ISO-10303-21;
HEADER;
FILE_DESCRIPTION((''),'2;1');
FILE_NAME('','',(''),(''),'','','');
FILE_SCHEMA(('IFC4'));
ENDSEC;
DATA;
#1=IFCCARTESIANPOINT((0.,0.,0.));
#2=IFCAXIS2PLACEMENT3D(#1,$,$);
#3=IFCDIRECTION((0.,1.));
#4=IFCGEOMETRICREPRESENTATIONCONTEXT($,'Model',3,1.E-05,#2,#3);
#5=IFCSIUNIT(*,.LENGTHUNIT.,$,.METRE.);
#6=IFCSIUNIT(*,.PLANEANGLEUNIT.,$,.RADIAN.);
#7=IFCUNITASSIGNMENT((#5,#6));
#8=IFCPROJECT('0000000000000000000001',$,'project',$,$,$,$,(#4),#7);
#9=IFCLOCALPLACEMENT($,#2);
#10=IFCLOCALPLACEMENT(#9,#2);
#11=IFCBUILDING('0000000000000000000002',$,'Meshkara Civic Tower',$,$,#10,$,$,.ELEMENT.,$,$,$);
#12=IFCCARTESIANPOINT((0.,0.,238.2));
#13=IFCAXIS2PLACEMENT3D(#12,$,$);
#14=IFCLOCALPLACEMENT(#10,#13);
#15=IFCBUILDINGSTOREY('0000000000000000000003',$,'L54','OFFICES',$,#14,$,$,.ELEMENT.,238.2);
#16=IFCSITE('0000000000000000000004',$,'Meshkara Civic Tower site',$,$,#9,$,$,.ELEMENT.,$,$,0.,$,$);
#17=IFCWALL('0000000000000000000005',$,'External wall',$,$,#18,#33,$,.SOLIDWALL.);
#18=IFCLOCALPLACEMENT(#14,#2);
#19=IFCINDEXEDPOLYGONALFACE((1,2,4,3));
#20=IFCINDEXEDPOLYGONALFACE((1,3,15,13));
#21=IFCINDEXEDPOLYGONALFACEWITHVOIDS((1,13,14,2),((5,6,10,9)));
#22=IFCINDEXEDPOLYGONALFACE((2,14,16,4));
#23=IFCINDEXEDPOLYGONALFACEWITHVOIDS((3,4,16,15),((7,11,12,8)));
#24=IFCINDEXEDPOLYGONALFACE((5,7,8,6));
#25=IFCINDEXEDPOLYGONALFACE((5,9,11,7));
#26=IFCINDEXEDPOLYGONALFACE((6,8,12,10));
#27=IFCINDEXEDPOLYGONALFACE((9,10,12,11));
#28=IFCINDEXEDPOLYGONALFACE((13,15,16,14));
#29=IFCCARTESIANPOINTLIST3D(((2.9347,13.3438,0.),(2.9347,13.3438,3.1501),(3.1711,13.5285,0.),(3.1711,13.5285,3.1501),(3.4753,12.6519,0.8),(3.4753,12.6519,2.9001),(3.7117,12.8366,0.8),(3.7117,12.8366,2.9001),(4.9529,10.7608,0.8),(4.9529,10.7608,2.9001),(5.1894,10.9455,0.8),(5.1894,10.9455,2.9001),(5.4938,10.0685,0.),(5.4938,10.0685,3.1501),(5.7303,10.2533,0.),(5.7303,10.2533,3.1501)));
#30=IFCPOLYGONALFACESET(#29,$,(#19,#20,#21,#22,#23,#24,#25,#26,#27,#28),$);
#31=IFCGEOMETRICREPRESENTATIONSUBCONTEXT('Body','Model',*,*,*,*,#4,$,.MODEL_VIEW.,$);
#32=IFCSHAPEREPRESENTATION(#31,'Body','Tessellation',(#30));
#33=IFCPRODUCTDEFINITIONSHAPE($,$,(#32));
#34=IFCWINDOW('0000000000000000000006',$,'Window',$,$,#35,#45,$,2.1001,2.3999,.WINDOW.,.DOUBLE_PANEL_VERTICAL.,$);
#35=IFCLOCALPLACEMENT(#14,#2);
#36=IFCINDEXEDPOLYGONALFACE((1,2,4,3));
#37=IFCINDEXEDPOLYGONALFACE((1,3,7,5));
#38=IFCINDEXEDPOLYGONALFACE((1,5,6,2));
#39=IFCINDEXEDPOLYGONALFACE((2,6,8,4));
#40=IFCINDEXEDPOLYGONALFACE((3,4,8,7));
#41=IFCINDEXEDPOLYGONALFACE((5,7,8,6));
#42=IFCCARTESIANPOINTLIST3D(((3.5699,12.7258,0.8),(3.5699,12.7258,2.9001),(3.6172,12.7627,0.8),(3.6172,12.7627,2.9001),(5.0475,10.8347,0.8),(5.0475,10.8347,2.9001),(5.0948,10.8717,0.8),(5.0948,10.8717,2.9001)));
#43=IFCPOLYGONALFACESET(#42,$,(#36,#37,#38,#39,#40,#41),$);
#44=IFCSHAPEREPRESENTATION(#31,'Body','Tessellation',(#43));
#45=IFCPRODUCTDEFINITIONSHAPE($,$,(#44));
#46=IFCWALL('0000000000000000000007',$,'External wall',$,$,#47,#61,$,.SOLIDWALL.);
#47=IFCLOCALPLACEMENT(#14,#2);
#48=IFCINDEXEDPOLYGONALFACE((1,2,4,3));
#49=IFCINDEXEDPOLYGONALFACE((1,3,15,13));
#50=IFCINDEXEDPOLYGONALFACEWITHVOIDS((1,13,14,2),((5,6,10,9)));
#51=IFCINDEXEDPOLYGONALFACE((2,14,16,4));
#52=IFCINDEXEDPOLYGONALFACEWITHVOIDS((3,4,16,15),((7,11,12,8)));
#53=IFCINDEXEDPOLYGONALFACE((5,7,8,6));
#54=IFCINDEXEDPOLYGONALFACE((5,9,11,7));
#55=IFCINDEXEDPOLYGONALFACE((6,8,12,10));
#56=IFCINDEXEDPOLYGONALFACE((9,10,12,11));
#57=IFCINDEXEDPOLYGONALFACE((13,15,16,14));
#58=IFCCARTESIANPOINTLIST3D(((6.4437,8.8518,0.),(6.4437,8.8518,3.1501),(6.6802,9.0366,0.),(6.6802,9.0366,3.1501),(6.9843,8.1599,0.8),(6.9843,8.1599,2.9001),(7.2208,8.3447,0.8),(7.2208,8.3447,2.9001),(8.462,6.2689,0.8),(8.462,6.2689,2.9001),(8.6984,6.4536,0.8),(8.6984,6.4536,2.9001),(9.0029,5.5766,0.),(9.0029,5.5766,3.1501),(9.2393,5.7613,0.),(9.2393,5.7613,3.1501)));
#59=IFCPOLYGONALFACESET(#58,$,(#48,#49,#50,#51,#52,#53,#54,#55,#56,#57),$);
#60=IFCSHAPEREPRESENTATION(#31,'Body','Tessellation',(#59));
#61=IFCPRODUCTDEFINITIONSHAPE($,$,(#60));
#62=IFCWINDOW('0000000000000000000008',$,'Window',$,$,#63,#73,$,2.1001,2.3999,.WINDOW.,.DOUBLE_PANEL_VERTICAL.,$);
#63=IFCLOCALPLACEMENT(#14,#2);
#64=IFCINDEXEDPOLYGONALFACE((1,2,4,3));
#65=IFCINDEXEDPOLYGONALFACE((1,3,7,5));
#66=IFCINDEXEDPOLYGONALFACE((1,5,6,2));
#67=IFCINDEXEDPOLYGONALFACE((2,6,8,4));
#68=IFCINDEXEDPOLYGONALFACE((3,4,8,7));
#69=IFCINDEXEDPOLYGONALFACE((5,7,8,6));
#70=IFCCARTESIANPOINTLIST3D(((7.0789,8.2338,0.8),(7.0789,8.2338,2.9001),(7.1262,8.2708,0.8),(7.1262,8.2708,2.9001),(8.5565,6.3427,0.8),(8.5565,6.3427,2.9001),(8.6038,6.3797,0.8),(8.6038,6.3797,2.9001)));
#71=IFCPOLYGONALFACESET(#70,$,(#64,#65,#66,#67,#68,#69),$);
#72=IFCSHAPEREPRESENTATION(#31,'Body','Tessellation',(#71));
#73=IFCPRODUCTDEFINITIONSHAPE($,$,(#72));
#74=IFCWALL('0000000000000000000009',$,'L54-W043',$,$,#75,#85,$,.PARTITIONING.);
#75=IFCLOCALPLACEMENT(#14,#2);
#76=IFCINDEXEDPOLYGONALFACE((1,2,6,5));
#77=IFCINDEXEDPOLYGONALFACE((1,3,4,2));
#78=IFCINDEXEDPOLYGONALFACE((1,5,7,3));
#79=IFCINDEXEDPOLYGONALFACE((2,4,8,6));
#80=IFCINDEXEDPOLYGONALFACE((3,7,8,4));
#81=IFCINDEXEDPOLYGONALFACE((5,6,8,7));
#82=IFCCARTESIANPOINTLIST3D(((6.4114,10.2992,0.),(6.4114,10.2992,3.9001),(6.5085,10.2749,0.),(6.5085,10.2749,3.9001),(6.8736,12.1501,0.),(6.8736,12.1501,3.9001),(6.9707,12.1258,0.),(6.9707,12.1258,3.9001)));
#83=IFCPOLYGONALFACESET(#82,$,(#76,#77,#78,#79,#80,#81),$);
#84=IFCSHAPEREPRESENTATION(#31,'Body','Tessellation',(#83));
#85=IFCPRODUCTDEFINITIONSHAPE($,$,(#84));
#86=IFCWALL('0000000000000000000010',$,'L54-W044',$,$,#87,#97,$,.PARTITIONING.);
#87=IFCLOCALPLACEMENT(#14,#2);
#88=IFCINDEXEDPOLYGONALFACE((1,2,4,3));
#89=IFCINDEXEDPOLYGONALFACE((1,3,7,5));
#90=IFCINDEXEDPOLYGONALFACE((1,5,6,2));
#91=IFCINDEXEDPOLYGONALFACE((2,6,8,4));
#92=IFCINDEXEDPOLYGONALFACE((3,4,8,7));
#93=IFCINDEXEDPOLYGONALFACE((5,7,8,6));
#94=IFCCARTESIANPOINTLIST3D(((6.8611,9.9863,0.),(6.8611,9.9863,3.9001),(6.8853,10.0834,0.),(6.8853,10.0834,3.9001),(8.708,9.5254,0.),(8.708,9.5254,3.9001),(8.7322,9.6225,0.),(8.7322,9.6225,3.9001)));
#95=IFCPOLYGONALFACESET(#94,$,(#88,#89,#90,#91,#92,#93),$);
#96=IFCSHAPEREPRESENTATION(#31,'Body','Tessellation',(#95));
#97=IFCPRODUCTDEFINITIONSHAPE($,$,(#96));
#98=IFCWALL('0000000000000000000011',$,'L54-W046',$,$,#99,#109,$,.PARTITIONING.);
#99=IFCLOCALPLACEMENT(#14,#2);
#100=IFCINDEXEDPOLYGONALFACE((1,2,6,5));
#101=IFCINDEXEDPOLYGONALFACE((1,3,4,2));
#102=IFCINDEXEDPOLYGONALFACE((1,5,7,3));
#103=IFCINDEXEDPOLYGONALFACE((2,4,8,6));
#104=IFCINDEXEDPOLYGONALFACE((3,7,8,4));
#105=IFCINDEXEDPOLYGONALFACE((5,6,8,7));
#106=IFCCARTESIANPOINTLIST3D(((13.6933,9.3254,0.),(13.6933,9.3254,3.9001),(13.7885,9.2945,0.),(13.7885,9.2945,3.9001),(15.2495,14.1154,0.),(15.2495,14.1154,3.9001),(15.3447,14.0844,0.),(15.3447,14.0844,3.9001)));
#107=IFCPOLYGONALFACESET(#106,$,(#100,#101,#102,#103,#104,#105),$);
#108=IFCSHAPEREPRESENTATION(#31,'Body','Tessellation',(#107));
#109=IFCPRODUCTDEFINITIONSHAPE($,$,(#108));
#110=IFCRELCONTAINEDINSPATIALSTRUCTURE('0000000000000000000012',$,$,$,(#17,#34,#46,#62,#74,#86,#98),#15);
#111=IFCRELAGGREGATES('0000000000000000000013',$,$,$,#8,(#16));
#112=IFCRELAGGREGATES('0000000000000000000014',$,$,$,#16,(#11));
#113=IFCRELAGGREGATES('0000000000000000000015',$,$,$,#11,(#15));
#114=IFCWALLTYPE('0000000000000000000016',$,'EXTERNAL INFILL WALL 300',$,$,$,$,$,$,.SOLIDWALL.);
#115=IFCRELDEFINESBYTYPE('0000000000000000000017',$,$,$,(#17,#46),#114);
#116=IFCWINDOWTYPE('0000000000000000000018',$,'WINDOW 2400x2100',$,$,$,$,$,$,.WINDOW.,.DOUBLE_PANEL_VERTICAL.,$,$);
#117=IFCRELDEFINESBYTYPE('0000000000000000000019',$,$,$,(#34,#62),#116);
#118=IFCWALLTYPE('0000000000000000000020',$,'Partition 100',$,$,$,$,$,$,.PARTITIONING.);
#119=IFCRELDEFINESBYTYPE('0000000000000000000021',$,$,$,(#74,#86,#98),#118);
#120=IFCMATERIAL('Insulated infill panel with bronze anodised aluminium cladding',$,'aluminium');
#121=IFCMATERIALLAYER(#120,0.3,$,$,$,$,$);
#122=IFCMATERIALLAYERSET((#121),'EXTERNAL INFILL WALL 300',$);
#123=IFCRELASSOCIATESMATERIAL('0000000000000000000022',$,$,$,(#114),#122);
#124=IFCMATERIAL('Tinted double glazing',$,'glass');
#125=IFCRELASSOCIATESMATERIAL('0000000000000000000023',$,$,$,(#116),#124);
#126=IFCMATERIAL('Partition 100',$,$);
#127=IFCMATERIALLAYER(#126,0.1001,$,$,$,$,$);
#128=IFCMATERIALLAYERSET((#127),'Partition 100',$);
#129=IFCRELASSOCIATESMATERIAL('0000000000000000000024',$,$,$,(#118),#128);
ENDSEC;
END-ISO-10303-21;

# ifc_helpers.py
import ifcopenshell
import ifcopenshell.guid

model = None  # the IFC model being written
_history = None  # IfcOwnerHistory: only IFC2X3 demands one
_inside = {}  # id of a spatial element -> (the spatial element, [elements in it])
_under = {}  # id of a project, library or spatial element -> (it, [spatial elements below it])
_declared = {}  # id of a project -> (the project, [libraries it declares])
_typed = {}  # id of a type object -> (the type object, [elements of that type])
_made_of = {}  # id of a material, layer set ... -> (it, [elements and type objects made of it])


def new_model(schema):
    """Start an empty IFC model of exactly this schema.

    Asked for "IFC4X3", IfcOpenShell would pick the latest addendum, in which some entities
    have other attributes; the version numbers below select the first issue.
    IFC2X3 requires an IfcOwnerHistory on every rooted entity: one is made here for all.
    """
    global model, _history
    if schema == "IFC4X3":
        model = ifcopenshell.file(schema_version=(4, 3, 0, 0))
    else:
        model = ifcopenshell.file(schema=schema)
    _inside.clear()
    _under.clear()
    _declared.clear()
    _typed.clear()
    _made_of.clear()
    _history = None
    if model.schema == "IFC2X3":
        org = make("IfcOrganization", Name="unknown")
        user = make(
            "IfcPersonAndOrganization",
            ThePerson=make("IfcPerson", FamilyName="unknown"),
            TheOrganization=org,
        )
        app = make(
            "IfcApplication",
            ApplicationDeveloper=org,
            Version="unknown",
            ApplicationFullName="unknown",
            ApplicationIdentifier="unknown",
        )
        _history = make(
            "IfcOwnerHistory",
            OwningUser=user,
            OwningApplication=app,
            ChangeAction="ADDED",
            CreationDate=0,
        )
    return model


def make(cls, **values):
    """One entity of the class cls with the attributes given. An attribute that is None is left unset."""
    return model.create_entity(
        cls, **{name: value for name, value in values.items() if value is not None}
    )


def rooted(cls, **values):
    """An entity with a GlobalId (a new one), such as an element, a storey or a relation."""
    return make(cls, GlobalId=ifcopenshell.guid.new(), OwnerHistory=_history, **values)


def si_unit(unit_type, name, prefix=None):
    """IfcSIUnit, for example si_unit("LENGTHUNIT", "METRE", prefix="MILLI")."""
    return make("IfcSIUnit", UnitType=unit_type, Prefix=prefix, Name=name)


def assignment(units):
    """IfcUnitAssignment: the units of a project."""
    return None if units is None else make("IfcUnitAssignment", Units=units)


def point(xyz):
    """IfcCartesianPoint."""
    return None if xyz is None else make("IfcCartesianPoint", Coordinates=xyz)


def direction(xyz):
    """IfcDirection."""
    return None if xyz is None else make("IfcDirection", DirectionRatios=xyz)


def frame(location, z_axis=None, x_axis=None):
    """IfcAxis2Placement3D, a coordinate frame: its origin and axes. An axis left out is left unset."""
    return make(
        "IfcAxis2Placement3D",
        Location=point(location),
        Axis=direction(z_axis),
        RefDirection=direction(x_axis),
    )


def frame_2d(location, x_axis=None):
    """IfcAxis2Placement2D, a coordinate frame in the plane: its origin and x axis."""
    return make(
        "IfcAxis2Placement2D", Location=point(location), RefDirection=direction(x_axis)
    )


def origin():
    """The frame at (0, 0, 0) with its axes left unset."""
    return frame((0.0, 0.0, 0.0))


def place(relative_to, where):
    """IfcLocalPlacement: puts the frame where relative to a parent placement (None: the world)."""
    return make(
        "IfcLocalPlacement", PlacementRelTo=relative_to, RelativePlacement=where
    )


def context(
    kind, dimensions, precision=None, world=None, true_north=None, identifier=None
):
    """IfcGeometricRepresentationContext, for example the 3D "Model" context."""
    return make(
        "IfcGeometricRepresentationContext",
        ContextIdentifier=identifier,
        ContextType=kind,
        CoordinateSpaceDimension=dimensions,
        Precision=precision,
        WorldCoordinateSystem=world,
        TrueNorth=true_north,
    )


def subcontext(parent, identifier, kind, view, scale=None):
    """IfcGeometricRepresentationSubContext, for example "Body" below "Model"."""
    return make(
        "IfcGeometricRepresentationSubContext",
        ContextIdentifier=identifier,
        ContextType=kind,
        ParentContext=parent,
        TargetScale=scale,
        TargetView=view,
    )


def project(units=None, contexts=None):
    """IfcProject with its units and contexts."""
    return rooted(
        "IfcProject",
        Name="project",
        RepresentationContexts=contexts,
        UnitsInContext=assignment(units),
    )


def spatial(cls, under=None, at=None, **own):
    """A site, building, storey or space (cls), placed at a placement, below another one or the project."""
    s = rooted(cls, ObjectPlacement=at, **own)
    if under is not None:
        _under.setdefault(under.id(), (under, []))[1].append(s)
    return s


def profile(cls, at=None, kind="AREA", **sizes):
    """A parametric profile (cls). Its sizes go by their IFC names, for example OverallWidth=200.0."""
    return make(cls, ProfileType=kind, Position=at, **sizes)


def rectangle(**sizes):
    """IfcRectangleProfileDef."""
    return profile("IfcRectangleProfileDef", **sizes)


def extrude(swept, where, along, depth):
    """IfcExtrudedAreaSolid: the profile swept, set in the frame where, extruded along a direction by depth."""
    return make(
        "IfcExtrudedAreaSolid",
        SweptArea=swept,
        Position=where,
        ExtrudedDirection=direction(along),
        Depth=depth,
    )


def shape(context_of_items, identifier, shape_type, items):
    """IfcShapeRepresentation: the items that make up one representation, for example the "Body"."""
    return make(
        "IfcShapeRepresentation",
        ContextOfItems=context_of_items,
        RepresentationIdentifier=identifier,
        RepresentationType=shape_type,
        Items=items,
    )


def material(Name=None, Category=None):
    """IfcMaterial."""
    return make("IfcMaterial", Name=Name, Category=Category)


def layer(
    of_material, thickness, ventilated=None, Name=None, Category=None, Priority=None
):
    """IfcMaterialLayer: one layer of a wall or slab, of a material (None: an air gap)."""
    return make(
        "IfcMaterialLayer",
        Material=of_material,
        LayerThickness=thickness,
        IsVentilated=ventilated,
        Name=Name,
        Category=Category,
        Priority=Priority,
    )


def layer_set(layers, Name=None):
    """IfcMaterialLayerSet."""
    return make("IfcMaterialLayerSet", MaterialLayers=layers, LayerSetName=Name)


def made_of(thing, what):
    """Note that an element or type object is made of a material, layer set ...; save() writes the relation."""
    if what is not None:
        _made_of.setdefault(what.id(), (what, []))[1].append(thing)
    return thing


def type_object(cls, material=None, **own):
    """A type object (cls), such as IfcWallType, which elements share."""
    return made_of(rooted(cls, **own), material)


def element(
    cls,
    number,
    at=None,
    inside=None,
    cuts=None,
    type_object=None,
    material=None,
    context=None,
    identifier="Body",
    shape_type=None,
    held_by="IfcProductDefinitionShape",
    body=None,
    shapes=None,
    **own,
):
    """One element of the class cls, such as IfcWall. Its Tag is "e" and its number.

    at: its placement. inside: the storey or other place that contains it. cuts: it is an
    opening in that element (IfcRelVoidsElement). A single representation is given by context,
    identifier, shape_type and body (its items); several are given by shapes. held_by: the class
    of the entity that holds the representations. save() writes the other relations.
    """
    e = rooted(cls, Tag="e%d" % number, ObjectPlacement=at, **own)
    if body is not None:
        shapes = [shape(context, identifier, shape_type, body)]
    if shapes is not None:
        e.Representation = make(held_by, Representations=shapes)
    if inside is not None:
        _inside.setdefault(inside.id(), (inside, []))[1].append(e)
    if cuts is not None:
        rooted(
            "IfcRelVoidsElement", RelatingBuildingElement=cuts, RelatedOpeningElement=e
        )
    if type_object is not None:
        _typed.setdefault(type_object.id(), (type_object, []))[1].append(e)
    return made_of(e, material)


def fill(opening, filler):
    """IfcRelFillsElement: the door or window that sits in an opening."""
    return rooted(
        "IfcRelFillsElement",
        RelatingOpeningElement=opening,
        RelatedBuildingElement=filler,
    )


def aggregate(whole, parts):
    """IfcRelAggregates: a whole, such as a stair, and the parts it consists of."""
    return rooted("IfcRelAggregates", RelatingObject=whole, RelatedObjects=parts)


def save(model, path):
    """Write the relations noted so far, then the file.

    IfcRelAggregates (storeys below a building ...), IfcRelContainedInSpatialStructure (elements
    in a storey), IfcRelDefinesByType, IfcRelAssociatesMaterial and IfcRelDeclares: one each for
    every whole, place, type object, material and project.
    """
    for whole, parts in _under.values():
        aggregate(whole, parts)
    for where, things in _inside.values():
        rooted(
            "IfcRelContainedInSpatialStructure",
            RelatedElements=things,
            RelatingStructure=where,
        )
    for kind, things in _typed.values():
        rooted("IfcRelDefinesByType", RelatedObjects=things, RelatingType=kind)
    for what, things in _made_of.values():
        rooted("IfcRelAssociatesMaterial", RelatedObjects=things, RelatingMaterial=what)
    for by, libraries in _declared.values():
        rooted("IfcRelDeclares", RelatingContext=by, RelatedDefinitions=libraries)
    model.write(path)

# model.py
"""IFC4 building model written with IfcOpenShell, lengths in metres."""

from ifc_helpers import new_model, si_unit, direction, frame, frame_2d, origin, place, context, subcontext, project, spatial, rectangle, extrude, material, layer, layer_set, type_object, element, fill, save


model = new_model("IFC4")

# Units and contexts
model_context = context("Model", 3, precision=1e-05, world=origin(), true_north=direction((0.0, 1.0)))
body_context = subcontext(model_context, "Body", "Model", "MODEL_VIEW")
ifc_project = project(units=[si_unit("LENGTHUNIT", "METRE"), si_unit("PLANEANGLEUNIT", "RADIAN")], contexts=[model_context])

# Site, building, storey
site_placement = place(None, origin())
site = spatial("IfcSite", under=ifc_project, at=site_placement, Name="Meshkara Civic Tower site", CompositionType="ELEMENT", RefElevation=0.0)
building_placement = place(site_placement, origin())
building = spatial("IfcBuilding", under=site, at=building_placement, Name="Meshkara Civic Tower", CompositionType="ELEMENT")
storey_placement = place(building_placement, frame((0.0, 0.0, 238.2)))
storey = spatial("IfcBuildingStorey", under=building, at=storey_placement, Name="L54", Description="OFFICES", CompositionType="ELEMENT", Elevation=238.2)

# Walls, openings, windows
ifc_material_1 = material(Name="Insulated infill panel with bronze anodised aluminium cladding", Category="aluminium")
ifc_layer_1 = layer(ifc_material_1, 0.3)
ifc_layer_set_1 = layer_set([ifc_layer_1], Name="EXTERNAL INFILL WALL 300")
wall_type_1 = type_object("IfcWallType", Name="EXTERNAL INFILL WALL 300", PredefinedType="SOLIDWALL", material=ifc_layer_set_1)
wall_1_placement = place(storey_placement, frame((3.053, 13.436, 0.0), z_axis=(0.0, 0.0, 1.0), x_axis=(0.6157, -0.787981, 0.0)))
wall_1 = element("IfcWall", 1, at=wall_1_placement, inside=storey, type_object=wall_type_1, Name="External wall", PredefinedType="SOLIDWALL", context=body_context, shape_type="SweptSolid", body=[
    extrude(rectangle(XDim=4.1565, YDim=0.3, at=frame_2d((2.0781, 0.0))), origin(), (0.0, 0.0, 1.0), 3.1501),
])
opening_1_placement = place(wall_1_placement, frame((0.8779, 0.0, 0.8)))
opening_1 = element("IfcOpeningElement", 2, at=opening_1_placement, cuts=wall_1, PredefinedType="OPENING", context=body_context, shape_type="SweptSolid", body=[
    extrude(rectangle(XDim=2.3999, YDim=2.1001, at=frame_2d((1.2, 1.05))), frame((0.0, 0.1599, 0.0), z_axis=(0.0, -1.0, 0.0), x_axis=(1.0, 0.0, 0.0)), (0.0, 0.0, 1.0), 0.3201),
])
ifc_material_2 = material(Name="Tinted double glazing", Category="glass")
window_type = type_object("IfcWindowType", Name="WINDOW 2400x2100", PartitioningType="DOUBLE_PANEL_VERTICAL", PredefinedType="WINDOW", material=ifc_material_2)
window_1_placement = place(opening_1_placement, origin())
window_1 = element("IfcWindow", 3, at=window_1_placement, inside=storey, type_object=window_type, Name="Window", OverallHeight=2.1001, OverallWidth=2.3999, PartitioningType="DOUBLE_PANEL_VERTICAL", PredefinedType="WINDOW", context=body_context, shape_type="SweptSolid", body=[
    extrude(rectangle(XDim=2.3999, YDim=2.1001, at=frame_2d((1.2, 1.05))), frame((0.0, 0.03, 0.0), z_axis=(0.0, -1.0, 0.0), x_axis=(1.0, 0.0, 0.0)), (0.0, 0.0, 1.0), 0.0601),
])
fill(opening_1, window_1)
wall_2_placement = place(storey_placement, frame((6.562, 8.9441, 0.0), z_axis=(0.0, 0.0, 1.0), x_axis=(0.6157, -0.787981, 0.0)))
wall_2 = element("IfcWall", 4, at=wall_2_placement, inside=storey, type_object=wall_type_1, Name="External wall", PredefinedType="SOLIDWALL", context=body_context, shape_type="SweptSolid", body=[
    extrude(rectangle(XDim=4.1565, YDim=0.3, at=frame_2d((2.0781, 0.0))), origin(), (0.0, 0.0, 1.0), 3.1501),
])
opening_2_placement = place(wall_2_placement, frame((0.8779, 0.0, 0.8)))
opening_2 = element("IfcOpeningElement", 5, at=opening_2_placement, cuts=wall_2, PredefinedType="OPENING", context=body_context, shape_type="SweptSolid", body=[
    extrude(rectangle(XDim=2.3999, YDim=2.1001, at=frame_2d((1.2, 1.05))), frame((0.0, 0.1599, 0.0), z_axis=(0.0, -1.0, 0.0), x_axis=(1.0, 0.0, 0.0)), (0.0, 0.0, 1.0), 0.3201),
])
window_2_placement = place(opening_2_placement, origin())
window_2 = element("IfcWindow", 6, at=window_2_placement, inside=storey, type_object=window_type, Name="Window", OverallHeight=2.1001, OverallWidth=2.3999, PartitioningType="DOUBLE_PANEL_VERTICAL", PredefinedType="WINDOW", context=body_context, shape_type="SweptSolid", body=[
    extrude(rectangle(XDim=2.3999, YDim=2.1001, at=frame_2d((1.2, 1.05))), frame((0.0, 0.03, 0.0), z_axis=(0.0, -1.0, 0.0), x_axis=(1.0, 0.0, 0.0)), (0.0, 0.0, 1.0), 0.0601),
])
fill(opening_2, window_2)

# Walls
ifc_material_3 = material(Name="Partition 100")
ifc_layer_2 = layer(ifc_material_3, 0.1001)
ifc_layer_set_2 = layer_set([ifc_layer_2], Name="Partition 100")
wall_type_2 = type_object("IfcWallType", Name="Partition 100", PredefinedType="PARTITIONING", material=ifc_layer_set_2)
wall_3_placement = place(storey_placement, frame((6.9221, 12.1379, 0.0), z_axis=(0.0, 0.0, 1.0), x_axis=(-0.242265, -0.97021, 0.0)))
element("IfcWall", 7, at=wall_3_placement, inside=storey, type_object=wall_type_2, Name="L54-W043", PredefinedType="PARTITIONING", context=body_context, shape_type="SweptSolid", body=[
    extrude(rectangle(XDim=1.9077, YDim=0.1001, at=frame_2d((0.9539, 0.0))), origin(), (0.0, 0.0, 1.0), 3.9001),
])
wall_4_placement = place(storey_placement, frame((8.72, 9.574, 0.0), z_axis=(0.0, 0.0, 1.0), x_axis=(-0.97024, 0.242143, 0.0)))
element("IfcWall", 8, at=wall_4_placement, inside=storey, type_object=wall_type_2, Name="L54-W044", PredefinedType="PARTITIONING", context=body_context, shape_type="SweptSolid", body=[
    extrude(rectangle(XDim=1.9036, YDim=0.1001, at=frame_2d((0.9517, 0.0))), origin(), (0.0, 0.0, 1.0), 3.9001),
])
wall_5_placement = place(storey_placement, frame((13.741, 9.3101, 0.0), z_axis=(0.0, 0.0, 1.0), x_axis=(0.308976, 0.95107, 0.0)))
element("IfcWall", 9, at=wall_5_placement, inside=storey, type_object=wall_type_2, Name="L54-W046", PredefinedType="PARTITIONING", context=body_context, shape_type="SweptSolid", body=[
    extrude(rectangle(XDim=5.0364, YDim=0.1001, at=frame_2d((2.5181, 0.0))), origin(), (0.0, 0.0, 1.0), 3.9001),
])

save(model, "model.ifc")
